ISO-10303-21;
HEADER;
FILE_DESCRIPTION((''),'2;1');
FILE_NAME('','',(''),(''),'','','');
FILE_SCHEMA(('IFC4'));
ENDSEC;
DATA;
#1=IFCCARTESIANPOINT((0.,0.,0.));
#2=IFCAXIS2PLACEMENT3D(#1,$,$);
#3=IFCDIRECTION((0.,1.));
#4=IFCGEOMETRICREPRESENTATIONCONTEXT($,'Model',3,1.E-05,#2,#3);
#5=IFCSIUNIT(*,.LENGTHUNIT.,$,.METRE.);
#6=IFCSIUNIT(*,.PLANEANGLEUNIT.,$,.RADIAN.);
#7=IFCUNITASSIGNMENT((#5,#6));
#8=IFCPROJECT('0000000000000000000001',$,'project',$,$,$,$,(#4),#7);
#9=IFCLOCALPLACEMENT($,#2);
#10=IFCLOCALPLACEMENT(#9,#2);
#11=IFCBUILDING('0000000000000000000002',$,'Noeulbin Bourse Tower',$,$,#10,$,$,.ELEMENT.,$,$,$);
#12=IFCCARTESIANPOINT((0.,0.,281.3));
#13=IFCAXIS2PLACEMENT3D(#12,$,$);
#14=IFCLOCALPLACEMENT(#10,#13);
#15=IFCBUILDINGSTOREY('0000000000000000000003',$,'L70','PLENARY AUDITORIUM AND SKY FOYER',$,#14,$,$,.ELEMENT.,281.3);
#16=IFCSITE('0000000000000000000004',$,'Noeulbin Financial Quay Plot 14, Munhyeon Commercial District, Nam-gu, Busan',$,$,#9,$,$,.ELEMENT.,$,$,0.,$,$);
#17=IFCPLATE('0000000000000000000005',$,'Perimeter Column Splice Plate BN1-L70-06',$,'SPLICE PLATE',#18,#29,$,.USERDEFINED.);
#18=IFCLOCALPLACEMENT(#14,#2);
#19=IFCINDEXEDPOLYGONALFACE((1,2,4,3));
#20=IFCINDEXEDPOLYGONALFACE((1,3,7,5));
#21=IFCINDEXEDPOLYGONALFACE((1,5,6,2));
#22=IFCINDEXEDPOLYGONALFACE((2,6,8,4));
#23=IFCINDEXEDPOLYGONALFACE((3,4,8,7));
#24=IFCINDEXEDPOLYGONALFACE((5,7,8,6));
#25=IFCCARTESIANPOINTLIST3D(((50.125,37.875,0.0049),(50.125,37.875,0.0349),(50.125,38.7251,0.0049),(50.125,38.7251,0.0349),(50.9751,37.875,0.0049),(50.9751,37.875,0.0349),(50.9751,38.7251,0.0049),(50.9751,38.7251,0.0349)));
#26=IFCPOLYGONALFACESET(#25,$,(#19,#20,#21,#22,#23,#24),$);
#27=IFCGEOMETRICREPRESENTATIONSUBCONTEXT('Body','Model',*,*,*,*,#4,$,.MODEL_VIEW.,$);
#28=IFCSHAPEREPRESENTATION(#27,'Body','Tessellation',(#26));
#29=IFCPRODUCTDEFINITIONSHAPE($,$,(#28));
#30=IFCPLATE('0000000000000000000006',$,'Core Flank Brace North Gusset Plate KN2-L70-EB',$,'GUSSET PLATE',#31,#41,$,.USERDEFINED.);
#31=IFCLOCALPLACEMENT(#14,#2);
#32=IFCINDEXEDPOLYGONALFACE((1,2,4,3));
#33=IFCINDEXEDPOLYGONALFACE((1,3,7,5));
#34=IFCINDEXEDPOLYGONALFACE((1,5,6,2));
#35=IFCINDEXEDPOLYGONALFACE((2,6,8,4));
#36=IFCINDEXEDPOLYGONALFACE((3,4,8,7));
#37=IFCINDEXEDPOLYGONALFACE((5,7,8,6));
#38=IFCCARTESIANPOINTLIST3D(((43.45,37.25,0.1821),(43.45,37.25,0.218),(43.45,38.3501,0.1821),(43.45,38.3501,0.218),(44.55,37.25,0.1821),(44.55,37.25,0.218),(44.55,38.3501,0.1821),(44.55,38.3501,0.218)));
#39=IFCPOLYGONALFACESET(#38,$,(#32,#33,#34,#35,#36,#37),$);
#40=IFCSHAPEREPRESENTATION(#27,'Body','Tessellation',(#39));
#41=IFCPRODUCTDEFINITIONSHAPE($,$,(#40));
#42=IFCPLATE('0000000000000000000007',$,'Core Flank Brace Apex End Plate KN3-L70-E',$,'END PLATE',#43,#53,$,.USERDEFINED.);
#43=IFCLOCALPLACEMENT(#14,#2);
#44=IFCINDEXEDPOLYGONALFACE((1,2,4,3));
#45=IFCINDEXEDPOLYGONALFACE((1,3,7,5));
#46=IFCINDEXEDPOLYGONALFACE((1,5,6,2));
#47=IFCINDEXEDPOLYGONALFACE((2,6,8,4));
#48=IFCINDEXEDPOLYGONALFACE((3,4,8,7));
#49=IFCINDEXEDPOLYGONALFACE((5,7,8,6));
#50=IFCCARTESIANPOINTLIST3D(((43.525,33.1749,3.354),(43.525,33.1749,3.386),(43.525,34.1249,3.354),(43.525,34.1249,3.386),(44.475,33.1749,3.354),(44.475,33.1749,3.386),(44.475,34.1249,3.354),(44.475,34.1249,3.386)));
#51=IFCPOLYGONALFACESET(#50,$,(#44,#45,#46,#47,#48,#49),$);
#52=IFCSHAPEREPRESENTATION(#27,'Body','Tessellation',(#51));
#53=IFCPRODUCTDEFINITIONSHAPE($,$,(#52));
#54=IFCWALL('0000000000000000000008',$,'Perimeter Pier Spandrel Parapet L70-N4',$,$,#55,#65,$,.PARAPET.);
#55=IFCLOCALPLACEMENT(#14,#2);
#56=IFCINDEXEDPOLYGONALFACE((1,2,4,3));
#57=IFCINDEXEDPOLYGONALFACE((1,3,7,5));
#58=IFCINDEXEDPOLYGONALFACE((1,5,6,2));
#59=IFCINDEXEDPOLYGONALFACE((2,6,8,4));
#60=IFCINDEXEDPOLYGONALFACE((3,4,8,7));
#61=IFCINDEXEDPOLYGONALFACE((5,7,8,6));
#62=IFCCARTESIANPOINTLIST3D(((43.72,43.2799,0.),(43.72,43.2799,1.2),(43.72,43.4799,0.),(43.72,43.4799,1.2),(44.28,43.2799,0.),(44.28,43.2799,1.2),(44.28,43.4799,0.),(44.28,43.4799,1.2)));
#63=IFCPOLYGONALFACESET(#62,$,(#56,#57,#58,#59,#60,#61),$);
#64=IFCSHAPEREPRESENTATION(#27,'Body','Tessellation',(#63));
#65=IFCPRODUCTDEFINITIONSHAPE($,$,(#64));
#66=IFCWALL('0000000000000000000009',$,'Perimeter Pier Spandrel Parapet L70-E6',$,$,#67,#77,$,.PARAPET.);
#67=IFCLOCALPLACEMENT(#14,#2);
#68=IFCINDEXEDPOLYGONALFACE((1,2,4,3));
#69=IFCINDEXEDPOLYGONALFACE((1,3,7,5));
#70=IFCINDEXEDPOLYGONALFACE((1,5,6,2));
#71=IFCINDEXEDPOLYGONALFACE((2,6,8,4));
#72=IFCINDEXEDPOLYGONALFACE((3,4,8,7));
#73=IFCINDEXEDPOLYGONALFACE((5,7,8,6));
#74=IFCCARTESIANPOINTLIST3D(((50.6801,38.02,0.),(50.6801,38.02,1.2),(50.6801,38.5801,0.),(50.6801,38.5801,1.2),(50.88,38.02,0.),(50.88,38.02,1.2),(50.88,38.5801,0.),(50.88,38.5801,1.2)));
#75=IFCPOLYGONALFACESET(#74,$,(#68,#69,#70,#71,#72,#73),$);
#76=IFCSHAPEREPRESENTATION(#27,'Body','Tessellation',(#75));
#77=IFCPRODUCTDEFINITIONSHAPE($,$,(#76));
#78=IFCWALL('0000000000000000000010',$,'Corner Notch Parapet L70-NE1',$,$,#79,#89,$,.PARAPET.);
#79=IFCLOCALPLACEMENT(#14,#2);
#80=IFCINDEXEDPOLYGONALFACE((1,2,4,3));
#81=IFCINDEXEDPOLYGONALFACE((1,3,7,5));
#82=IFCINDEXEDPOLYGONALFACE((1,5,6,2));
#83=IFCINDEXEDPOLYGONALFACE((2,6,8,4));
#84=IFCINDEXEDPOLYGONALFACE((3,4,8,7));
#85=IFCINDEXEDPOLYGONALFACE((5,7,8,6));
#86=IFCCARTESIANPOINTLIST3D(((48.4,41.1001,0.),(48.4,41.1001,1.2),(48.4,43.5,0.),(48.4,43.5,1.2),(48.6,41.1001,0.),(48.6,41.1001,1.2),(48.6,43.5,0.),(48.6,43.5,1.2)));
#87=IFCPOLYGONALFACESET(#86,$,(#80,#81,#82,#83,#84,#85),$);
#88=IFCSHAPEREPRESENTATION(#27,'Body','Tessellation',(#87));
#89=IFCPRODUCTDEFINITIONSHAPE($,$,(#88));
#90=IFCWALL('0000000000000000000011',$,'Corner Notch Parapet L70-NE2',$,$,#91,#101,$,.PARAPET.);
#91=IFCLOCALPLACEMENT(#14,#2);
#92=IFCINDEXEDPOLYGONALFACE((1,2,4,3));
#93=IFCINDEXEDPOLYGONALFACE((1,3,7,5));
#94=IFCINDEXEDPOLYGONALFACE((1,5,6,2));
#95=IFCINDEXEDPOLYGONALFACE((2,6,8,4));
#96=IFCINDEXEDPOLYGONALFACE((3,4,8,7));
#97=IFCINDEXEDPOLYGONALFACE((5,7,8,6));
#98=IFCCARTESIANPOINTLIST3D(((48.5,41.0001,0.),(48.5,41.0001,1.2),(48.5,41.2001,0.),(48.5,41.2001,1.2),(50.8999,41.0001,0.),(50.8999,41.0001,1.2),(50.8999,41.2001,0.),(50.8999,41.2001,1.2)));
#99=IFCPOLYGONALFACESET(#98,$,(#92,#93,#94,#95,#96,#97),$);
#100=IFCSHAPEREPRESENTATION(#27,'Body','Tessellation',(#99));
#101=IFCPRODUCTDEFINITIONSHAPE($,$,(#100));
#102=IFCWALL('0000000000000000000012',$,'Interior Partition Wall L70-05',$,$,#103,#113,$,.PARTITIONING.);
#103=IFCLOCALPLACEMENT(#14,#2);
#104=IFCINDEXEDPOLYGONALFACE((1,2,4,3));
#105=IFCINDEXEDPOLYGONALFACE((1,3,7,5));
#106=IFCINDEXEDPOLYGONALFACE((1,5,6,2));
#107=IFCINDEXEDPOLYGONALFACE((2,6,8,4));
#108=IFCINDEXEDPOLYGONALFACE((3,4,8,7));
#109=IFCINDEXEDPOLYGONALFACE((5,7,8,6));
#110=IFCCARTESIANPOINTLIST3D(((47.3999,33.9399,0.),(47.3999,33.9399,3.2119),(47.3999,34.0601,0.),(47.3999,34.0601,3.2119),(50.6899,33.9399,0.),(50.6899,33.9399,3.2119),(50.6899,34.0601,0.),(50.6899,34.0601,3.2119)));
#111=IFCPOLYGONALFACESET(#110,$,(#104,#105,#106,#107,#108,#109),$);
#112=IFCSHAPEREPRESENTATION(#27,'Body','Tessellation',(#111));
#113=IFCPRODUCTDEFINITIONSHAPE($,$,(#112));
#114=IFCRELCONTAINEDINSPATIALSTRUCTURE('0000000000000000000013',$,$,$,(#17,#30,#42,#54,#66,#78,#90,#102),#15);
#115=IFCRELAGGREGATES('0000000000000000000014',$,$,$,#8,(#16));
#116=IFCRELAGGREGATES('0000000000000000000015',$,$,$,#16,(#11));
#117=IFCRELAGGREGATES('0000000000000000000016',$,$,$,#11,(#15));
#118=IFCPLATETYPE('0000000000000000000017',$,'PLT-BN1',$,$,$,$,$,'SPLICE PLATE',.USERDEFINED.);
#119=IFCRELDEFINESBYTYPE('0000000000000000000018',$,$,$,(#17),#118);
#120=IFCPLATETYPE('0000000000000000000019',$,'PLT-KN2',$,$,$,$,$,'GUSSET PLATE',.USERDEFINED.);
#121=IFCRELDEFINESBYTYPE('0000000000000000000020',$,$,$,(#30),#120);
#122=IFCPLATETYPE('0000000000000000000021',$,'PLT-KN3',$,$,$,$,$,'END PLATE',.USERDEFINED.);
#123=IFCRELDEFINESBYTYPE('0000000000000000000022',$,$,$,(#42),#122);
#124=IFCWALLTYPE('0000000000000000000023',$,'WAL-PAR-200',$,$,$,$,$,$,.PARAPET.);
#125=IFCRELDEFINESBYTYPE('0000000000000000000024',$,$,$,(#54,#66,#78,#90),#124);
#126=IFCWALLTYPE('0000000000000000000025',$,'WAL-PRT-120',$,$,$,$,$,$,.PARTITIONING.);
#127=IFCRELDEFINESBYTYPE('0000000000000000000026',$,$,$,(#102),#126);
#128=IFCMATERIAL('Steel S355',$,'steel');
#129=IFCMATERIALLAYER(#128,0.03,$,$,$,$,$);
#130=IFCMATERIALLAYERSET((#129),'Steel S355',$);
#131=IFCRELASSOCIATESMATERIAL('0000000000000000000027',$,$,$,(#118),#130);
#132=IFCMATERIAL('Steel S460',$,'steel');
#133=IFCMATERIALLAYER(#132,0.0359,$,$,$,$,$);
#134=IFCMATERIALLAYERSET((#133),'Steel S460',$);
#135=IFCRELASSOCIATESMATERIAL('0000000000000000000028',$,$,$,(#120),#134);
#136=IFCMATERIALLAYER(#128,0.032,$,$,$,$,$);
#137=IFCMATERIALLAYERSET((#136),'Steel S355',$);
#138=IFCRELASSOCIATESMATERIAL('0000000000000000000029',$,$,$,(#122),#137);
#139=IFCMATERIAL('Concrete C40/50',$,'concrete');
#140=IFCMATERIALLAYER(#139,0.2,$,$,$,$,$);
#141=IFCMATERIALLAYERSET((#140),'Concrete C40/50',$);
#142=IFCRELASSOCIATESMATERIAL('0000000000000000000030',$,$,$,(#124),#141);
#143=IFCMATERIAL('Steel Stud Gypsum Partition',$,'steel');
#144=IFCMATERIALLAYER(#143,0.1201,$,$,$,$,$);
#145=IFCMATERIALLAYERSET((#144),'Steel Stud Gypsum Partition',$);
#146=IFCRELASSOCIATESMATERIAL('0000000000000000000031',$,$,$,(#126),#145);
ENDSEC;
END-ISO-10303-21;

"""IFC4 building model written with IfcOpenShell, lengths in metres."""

from ifc_helpers import new_model, si_unit, direction, frame, frame_2d, origin, origin_2d, place, context, subcontext, project, spatial, rectangle, extrude, material, layer, layer_set, type_object, element, save


model = new_model("IFC4")

# Units and contexts
model_context = context("Model", 3, precision=1e-05, world=origin(), true_north=direction((0.0, 1.0)))
body_context = subcontext(model_context, "Body", "Model", "MODEL_VIEW")
ifc_project = project(units=[si_unit("LENGTHUNIT", "METRE"), si_unit("PLANEANGLEUNIT", "RADIAN")], contexts=[model_context])

# Site, building, storey
site_placement = place(None, origin())
site = spatial("IfcSite", under=ifc_project, at=site_placement, Name="Noeulbin Financial Quay Plot 14, Munhyeon Commercial District, Nam-gu, Busan", CompositionType="ELEMENT", RefElevation=0.0)
building_placement = place(site_placement, origin())
building = spatial("IfcBuilding", under=site, at=building_placement, Name="Noeulbin Bourse Tower", CompositionType="ELEMENT")
storey_placement = place(building_placement, frame((0.0, 0.0, 281.3)))
storey = spatial("IfcBuildingStorey", under=building, at=storey_placement, Name="L70", Description="PLENARY AUDITORIUM AND SKY FOYER", CompositionType="ELEMENT", Elevation=281.3)

# Shared definitions
ifc_material_1 = material(Name="Steel S355", Category="steel")

# Shared definitions
ifc_material_2 = material(Name="Steel S460", Category="steel")

# Plates
ifc_layer_1 = layer(ifc_material_1, 0.03)
ifc_layer_set_1 = layer_set([ifc_layer_1], Name="Steel S355")
plate_type_1 = type_object("IfcPlateType", Name="PLT-BN1", ElementType="SPLICE PLATE", PredefinedType="USERDEFINED", material=ifc_layer_set_1)
for number, where, z_axis, x_axis, name in (
    (1, (50.55, 38.3, 0.0049), (0.0, 0.0, 1.0), (1.0, 0.0, 0.0), "Perimeter Column Splice Plate BN1-L70-06"),
):
    element("IfcPlate", number, at=place(storey_placement, frame(where, z_axis=z_axis, x_axis=x_axis)), inside=storey, type_object=plate_type_1, Name=name, ObjectType="SPLICE PLATE", PredefinedType="USERDEFINED", context=body_context, shape_type="SweptSolid", body=[
        extrude(rectangle(XDim=0.8501, YDim=0.8501, at=origin_2d()), origin(), (0.0, 0.0, 1.0), 0.03),
    ])
ifc_layer_2 = layer(ifc_material_2, 0.0359)
ifc_layer_set_2 = layer_set([ifc_layer_2], Name="Steel S460")
plate_type_2 = type_object("IfcPlateType", Name="PLT-KN2", ElementType="GUSSET PLATE", PredefinedType="USERDEFINED", material=ifc_layer_set_2)
plate_1_placement = place(storey_placement, frame((44.0, 37.8, 0.1821), z_axis=(0.0, 0.0, 1.0), x_axis=(1.0, 0.0, 0.0)))
element("IfcPlate", 2, at=plate_1_placement, inside=storey, type_object=plate_type_2, Name="Core Flank Brace North Gusset Plate KN2-L70-EB", ObjectType="GUSSET PLATE", PredefinedType="USERDEFINED", context=body_context, shape_type="SweptSolid", body=[
    extrude(rectangle(XDim=1.1001, YDim=1.1001, at=origin_2d()), origin(), (0.0, 0.0, 1.0), 0.0359),
])
ifc_layer_3 = layer(ifc_material_1, 0.032)
ifc_layer_set_3 = layer_set([ifc_layer_3], Name="Steel S355")
plate_type_3 = type_object("IfcPlateType", Name="PLT-KN3", ElementType="END PLATE", PredefinedType="USERDEFINED", material=ifc_layer_set_3)
plate_2_placement = place(storey_placement, frame((44.0, 33.6499, 3.354), z_axis=(0.0, 0.0, 1.0), x_axis=(1.0, 0.0, 0.0)))
element("IfcPlate", 3, at=plate_2_placement, inside=storey, type_object=plate_type_3, Name="Core Flank Brace Apex End Plate KN3-L70-E", ObjectType="END PLATE", PredefinedType="USERDEFINED", context=body_context, shape_type="SweptSolid", body=[
    extrude(rectangle(XDim=0.95, YDim=0.95, at=origin_2d()), origin(), (0.0, 0.0, 1.0), 0.032),
])

# Walls
ifc_material_3 = material(Name="Concrete C40/50", Category="concrete")
ifc_layer_4 = layer(ifc_material_3, 0.2)
ifc_layer_set_4 = layer_set([ifc_layer_4], Name="Concrete C40/50")
wall_type_1 = type_object("IfcWallType", Name="WAL-PAR-200", PredefinedType="PARAPET", material=ifc_layer_set_4)
for number, where, z_axis, x_axis, name in (
    (4, (43.72, 43.3799, 0.0), (0.0, 0.0, 1.0), (1.0, 0.0, 0.0), "Perimeter Pier Spandrel Parapet L70-N4"),
    (5, (50.78, 38.02, 0.0), (0.0, 0.0, 1.0), (0.0, 1.0, 0.0), "Perimeter Pier Spandrel Parapet L70-E6"),
):
    element("IfcWall", number, at=place(storey_placement, frame(where, z_axis=z_axis, x_axis=x_axis)), inside=storey, type_object=wall_type_1, Name=name, PredefinedType="PARAPET", context=body_context, shape_type="SweptSolid", body=[
        extrude(rectangle(XDim=0.5601, YDim=0.2, at=frame_2d((0.28, 0.0))), origin(), (0.0, 0.0, 1.0), 1.2),
    ])
for number, where, z_axis, x_axis, name in (
    (6, (48.5, 43.5, 0.0), (0.0, 0.0, 1.0), (0.0, -1.0, 0.0), "Corner Notch Parapet L70-NE1"),
    (7, (48.5, 41.1001, 0.0), (0.0, 0.0, 1.0), (1.0, 0.0, 0.0), "Corner Notch Parapet L70-NE2"),
):
    element("IfcWall", number, at=place(storey_placement, frame(where, z_axis=z_axis, x_axis=x_axis)), inside=storey, type_object=wall_type_1, Name=name, PredefinedType="PARAPET", context=body_context, shape_type="SweptSolid", body=[
        extrude(rectangle(XDim=2.3999, YDim=0.2, at=frame_2d((1.2, 0.0))), origin(), (0.0, 0.0, 1.0), 1.2),
    ])
ifc_material_4 = material(Name="Steel Stud Gypsum Partition", Category="steel")
ifc_layer_5 = layer(ifc_material_4, 0.1201)
ifc_layer_set_5 = layer_set([ifc_layer_5], Name="Steel Stud Gypsum Partition")
wall_type_2 = type_object("IfcWallType", Name="WAL-PRT-120", PredefinedType="PARTITIONING", material=ifc_layer_set_5)
wall_placement = place(storey_placement, frame((47.3999, 34.0, 0.0), z_axis=(0.0, 0.0, 1.0), x_axis=(1.0, 0.0, 0.0)))
element("IfcWall", 8, at=wall_placement, inside=storey, type_object=wall_type_2, Name="Interior Partition Wall L70-05", PredefinedType="PARTITIONING", context=body_context, shape_type="SweptSolid", body=[
    extrude(rectangle(XDim=3.29, YDim=0.1201, at=frame_2d((1.645, 0.0))), origin(), (0.0, 0.0, 1.0), 3.2119),
])

save(model, "model.ifc")
